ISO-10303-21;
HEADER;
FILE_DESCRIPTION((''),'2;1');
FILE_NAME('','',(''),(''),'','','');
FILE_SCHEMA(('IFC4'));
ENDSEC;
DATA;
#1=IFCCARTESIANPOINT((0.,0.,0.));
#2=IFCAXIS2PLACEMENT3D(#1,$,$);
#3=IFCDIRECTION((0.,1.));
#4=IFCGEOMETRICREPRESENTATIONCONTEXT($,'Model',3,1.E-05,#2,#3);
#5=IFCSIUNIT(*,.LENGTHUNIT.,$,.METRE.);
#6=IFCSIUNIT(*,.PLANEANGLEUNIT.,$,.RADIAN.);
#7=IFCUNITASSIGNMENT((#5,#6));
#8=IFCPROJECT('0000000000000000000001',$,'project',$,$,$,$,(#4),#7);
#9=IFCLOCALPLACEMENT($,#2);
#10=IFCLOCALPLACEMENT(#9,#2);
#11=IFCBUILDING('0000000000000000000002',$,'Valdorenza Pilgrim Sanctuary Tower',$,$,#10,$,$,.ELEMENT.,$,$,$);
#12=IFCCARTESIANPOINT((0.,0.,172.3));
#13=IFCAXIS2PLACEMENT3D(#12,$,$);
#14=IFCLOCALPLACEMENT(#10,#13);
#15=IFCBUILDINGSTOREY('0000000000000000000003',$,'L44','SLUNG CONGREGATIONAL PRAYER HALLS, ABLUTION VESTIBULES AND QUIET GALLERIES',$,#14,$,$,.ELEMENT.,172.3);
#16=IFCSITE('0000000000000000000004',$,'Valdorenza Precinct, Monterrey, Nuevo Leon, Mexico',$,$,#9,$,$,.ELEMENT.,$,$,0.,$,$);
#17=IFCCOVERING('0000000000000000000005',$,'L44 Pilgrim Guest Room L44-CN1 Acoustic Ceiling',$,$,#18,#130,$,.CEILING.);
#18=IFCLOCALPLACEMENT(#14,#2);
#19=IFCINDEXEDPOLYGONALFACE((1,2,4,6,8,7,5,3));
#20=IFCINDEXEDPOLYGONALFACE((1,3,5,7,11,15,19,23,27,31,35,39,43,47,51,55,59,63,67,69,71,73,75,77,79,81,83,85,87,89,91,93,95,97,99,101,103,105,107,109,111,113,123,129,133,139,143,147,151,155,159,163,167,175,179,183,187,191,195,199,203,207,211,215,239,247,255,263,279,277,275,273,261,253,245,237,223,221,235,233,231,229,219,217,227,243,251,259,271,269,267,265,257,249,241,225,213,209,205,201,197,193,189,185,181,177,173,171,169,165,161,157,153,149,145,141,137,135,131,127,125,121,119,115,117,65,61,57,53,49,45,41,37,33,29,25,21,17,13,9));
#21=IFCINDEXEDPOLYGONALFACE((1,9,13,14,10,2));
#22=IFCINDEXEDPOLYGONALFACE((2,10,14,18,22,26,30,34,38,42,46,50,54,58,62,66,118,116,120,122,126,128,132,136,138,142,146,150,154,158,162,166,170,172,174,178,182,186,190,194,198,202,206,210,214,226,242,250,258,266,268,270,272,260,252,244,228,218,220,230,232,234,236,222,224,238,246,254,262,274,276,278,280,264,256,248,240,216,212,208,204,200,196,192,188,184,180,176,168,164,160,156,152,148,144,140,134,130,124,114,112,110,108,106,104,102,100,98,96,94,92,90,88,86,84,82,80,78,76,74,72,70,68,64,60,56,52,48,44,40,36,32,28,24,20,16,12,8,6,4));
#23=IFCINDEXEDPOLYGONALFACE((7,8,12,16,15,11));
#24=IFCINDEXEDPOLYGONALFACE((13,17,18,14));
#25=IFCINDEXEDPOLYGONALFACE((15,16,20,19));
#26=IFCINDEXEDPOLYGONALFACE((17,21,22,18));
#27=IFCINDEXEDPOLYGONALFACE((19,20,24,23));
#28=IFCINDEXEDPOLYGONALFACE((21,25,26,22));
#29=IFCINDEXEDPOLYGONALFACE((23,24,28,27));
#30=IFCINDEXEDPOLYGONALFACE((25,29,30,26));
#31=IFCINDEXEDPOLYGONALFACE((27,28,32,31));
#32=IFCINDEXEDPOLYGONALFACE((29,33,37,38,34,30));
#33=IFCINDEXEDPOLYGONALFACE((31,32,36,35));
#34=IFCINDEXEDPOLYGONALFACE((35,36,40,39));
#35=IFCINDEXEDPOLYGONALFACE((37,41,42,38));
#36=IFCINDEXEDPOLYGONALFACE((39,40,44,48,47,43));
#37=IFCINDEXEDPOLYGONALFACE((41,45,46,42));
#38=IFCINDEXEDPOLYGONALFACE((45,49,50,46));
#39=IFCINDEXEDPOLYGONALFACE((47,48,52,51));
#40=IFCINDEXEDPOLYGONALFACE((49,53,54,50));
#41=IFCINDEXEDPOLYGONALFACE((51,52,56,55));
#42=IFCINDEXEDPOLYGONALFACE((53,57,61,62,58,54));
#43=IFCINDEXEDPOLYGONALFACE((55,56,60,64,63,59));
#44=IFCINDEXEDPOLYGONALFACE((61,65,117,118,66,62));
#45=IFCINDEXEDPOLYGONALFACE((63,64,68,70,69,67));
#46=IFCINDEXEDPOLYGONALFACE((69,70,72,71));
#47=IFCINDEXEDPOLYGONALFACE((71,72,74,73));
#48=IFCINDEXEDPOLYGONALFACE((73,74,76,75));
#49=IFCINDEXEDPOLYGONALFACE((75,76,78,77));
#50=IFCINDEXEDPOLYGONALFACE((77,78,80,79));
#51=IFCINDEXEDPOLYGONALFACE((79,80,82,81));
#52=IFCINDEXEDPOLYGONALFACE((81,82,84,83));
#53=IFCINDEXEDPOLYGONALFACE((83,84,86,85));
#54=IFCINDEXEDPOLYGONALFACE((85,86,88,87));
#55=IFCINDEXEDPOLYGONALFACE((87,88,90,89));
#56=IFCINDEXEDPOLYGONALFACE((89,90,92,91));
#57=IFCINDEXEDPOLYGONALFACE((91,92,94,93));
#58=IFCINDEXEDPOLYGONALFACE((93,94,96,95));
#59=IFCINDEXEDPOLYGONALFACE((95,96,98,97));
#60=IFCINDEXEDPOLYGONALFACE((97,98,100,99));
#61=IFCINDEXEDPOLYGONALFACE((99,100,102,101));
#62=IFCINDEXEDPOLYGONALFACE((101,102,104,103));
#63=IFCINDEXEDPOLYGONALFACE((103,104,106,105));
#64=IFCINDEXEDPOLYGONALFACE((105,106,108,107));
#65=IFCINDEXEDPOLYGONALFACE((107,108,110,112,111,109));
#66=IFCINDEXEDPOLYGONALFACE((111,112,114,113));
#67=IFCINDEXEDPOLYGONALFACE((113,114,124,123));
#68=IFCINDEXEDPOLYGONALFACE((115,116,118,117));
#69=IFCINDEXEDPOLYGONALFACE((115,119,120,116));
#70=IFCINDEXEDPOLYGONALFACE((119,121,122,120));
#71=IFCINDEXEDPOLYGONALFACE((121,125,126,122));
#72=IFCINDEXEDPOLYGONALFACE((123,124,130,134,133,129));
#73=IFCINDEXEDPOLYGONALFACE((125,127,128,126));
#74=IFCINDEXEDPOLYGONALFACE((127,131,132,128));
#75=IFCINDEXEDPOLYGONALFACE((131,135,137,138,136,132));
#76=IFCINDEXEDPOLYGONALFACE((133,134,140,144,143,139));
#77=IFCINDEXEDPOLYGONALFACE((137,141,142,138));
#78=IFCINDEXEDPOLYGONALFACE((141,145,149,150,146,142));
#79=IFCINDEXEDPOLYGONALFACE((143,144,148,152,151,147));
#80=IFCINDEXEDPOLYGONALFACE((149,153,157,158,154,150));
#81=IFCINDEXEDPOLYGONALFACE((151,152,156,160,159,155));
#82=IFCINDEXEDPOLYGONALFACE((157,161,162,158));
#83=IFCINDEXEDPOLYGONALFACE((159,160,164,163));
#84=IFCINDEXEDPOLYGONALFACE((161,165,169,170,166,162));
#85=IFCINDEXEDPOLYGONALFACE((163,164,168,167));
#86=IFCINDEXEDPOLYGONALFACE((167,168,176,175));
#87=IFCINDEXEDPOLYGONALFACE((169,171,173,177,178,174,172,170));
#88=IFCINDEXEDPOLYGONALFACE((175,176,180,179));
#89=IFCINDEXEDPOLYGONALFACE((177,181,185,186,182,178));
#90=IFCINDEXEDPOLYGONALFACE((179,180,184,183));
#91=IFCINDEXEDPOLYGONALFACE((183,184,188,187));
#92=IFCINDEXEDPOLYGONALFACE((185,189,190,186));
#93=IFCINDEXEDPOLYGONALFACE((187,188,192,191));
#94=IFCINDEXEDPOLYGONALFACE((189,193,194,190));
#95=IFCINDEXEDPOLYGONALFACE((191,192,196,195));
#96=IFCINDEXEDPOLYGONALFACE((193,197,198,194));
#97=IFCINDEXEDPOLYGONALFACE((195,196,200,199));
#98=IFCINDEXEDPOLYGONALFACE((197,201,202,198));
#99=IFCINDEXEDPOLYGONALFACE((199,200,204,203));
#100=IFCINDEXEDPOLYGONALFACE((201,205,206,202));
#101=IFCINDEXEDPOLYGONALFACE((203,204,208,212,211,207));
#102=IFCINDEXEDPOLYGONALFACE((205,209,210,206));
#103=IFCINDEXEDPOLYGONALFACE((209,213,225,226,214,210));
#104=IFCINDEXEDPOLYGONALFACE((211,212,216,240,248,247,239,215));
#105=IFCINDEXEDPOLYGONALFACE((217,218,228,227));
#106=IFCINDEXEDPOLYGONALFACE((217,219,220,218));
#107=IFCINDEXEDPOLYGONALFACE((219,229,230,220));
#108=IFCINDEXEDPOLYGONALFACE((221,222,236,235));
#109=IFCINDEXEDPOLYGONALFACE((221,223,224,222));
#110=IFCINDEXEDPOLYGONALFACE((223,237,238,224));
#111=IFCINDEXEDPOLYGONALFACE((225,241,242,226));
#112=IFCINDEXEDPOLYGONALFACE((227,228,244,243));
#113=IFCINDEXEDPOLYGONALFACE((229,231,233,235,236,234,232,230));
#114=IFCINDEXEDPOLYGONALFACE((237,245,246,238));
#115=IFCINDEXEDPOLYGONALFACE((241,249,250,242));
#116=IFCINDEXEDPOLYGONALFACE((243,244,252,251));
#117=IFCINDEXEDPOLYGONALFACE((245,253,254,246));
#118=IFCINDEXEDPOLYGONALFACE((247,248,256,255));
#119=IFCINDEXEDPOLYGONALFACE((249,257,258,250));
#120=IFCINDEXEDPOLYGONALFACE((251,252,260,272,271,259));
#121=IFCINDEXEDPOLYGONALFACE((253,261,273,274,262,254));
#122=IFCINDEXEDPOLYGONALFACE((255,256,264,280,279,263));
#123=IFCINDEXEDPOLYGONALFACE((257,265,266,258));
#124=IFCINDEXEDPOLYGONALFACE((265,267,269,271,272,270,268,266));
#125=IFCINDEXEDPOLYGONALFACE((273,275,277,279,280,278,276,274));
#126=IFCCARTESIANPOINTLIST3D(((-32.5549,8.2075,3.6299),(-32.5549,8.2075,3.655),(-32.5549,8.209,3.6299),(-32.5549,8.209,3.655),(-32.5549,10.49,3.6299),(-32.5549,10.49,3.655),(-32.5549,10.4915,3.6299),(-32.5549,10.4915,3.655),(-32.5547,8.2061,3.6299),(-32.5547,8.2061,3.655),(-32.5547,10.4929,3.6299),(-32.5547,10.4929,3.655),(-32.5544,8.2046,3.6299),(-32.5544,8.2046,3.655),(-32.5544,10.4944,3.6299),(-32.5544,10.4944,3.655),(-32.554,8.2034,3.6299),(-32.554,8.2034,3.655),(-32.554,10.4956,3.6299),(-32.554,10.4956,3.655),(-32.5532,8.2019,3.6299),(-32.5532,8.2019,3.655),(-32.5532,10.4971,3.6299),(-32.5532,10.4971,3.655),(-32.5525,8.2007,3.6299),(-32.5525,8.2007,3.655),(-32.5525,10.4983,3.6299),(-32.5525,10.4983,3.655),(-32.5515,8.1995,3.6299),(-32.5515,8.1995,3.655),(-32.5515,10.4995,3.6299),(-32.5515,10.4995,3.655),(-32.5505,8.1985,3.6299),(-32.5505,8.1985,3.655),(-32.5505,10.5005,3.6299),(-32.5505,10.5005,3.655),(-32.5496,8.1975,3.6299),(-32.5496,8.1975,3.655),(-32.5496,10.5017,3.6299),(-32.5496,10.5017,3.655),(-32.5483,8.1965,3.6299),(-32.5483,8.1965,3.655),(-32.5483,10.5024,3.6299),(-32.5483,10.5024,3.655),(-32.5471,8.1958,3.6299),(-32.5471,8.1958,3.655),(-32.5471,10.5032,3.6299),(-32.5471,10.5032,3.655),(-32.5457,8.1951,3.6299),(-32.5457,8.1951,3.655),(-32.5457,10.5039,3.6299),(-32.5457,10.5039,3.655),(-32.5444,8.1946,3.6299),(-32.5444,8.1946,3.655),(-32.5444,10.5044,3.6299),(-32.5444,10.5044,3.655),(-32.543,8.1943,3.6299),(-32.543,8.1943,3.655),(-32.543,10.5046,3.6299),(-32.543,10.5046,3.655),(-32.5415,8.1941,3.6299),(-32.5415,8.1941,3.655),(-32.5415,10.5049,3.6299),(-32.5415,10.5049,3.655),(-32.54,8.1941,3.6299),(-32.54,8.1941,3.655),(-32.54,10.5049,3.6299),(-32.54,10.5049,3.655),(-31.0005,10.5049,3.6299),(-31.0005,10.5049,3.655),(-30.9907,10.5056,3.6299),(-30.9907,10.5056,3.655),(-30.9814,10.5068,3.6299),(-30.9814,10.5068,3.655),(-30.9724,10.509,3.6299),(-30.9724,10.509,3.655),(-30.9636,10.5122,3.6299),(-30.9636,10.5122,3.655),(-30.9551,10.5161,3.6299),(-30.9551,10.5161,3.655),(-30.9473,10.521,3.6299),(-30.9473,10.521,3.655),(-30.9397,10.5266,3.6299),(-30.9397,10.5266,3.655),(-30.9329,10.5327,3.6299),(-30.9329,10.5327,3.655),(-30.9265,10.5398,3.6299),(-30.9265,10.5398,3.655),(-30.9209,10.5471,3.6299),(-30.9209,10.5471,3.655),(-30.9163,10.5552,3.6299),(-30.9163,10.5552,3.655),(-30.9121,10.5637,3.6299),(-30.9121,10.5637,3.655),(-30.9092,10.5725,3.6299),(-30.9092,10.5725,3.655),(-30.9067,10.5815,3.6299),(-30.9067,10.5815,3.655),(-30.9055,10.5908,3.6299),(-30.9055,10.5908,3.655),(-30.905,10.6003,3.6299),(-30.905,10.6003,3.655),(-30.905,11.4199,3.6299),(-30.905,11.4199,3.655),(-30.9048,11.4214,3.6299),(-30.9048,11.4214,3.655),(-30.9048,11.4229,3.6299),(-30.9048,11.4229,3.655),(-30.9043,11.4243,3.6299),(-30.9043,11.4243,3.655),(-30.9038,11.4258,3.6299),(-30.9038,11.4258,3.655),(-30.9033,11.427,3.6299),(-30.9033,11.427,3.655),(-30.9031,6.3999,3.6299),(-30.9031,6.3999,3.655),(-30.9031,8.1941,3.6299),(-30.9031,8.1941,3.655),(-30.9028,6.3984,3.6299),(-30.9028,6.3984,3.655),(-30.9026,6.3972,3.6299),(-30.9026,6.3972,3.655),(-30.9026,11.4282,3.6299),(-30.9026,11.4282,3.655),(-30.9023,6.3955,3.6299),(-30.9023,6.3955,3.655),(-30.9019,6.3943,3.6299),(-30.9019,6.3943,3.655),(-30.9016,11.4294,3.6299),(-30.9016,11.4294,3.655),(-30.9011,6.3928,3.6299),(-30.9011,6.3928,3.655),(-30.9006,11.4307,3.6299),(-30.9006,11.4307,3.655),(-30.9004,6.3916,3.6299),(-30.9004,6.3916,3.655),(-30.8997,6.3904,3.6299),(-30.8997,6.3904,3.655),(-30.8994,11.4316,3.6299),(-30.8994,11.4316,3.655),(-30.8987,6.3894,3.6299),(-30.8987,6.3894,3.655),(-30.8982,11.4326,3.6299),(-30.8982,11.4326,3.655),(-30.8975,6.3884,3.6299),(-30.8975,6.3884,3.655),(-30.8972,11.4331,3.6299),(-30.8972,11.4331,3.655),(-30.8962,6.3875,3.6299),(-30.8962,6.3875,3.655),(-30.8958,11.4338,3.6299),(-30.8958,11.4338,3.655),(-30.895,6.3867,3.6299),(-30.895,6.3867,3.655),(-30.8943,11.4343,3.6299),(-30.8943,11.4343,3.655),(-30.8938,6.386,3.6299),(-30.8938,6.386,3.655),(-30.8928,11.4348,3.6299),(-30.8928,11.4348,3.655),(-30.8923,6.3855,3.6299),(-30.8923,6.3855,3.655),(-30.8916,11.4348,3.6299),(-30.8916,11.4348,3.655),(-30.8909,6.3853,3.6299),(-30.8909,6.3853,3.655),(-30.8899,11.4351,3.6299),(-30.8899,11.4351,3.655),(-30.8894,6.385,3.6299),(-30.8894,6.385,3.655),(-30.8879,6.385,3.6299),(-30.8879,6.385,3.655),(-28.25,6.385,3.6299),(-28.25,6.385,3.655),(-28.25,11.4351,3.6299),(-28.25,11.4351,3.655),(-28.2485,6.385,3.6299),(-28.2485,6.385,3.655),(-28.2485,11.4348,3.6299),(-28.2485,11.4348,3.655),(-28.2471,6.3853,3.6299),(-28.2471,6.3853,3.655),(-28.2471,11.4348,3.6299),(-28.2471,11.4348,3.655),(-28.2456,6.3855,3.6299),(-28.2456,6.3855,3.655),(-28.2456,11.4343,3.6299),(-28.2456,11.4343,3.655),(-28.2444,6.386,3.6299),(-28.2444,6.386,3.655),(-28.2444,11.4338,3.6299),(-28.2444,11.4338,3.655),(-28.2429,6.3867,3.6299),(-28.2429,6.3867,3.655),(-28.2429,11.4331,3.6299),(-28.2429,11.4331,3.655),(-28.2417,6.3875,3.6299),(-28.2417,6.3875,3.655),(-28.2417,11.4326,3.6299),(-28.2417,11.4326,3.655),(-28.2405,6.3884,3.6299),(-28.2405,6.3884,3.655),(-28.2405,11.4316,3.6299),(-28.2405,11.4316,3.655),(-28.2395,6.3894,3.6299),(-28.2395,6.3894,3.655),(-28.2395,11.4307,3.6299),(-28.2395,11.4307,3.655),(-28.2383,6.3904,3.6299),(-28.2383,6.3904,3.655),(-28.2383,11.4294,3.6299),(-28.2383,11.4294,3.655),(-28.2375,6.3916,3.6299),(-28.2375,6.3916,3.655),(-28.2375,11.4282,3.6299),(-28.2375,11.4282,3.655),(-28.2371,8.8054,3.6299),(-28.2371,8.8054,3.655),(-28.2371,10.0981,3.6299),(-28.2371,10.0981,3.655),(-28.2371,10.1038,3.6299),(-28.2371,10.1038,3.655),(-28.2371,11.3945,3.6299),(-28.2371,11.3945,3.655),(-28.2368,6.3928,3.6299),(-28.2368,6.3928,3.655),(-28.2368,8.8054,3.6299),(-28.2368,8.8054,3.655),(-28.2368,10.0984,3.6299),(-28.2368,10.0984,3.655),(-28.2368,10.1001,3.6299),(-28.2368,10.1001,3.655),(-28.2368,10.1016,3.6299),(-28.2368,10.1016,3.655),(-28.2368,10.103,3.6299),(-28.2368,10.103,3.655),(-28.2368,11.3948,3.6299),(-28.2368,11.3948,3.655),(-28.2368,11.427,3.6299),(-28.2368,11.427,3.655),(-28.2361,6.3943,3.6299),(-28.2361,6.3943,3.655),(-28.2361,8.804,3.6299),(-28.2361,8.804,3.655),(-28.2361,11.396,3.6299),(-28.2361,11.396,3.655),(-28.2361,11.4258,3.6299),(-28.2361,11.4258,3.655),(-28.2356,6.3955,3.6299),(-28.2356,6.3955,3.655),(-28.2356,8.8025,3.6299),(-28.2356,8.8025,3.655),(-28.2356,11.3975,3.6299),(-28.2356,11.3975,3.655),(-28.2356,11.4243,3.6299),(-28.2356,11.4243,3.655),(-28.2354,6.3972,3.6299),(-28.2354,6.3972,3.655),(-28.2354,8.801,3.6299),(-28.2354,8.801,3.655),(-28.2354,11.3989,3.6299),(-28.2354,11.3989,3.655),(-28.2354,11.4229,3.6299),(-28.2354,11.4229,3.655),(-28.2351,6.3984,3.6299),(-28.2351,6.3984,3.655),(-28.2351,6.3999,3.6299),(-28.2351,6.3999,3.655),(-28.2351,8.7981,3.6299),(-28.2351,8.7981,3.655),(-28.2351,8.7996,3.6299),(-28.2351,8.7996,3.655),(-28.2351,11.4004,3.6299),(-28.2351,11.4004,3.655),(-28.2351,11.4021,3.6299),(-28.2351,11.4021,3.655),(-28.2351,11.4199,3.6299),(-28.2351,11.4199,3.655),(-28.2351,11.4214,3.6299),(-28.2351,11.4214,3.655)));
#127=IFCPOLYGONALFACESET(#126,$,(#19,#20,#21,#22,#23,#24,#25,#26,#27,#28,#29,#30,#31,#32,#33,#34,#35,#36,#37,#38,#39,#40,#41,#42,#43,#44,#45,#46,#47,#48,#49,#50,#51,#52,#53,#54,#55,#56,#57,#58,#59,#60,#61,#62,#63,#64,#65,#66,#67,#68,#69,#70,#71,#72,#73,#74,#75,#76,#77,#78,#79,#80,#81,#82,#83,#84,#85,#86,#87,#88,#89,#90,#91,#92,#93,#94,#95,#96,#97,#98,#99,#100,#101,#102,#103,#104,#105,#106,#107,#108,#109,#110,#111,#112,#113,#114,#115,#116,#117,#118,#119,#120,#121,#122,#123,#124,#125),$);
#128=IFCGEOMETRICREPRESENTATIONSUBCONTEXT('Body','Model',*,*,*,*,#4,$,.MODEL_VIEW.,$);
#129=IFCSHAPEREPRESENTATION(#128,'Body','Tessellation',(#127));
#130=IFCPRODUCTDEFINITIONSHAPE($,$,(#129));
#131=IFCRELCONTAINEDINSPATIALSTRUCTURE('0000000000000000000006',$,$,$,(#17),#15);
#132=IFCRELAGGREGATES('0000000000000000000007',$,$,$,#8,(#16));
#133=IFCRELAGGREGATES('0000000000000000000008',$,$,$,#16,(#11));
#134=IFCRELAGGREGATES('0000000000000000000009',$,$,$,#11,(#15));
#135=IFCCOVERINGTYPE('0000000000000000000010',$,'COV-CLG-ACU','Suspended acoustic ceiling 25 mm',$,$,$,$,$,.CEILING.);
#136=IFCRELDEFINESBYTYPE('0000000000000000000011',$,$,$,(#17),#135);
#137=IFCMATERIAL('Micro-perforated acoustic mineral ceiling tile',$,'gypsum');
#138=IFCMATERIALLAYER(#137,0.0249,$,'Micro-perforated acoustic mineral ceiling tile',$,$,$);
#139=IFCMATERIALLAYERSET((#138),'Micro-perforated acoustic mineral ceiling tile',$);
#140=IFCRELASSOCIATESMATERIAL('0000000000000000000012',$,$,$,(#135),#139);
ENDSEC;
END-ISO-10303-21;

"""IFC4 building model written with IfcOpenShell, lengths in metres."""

from ifc_helpers import new_model, si_unit, direction, frame, origin, place, context, subcontext, project, spatial, polyline, outline, extrude, material, layer, layer_set, type_object, element, save


model = new_model("IFC4")

# Units and contexts
model_context = context("Model", 3, precision=1e-05, world=origin(), true_north=direction((0.0, 1.0)))
body_context = subcontext(model_context, "Body", "Model", "MODEL_VIEW")
ifc_project = project(units=[si_unit("LENGTHUNIT", "METRE"), si_unit("PLANEANGLEUNIT", "RADIAN")], contexts=[model_context])

# Site, building, storey
site_placement = place(None, origin())
site = spatial("IfcSite", under=ifc_project, at=site_placement, Name="Valdorenza Precinct, Monterrey, Nuevo Leon, Mexico", CompositionType="ELEMENT", RefElevation=0.0)
building_placement = place(site_placement, origin())
building = spatial("IfcBuilding", under=site, at=building_placement, Name="Valdorenza Pilgrim Sanctuary Tower", CompositionType="ELEMENT")
storey_placement = place(building_placement, frame((0.0, 0.0, 172.3)))
storey = spatial("IfcBuildingStorey", under=building, at=storey_placement, Name="L44", Description="SLUNG CONGREGATIONAL PRAYER HALLS, ABLUTION VESTIBULES AND QUIET GALLERIES", CompositionType="ELEMENT", Elevation=172.3)

# Covering
ifc_material_1 = material(Name="Micro-perforated acoustic mineral ceiling tile", Category="gypsum")
ifc_layer_1 = layer(ifc_material_1, 0.0249, Name="Micro-perforated acoustic mineral ceiling tile")
ifc_layer_set_1 = layer_set([ifc_layer_1], Name="Micro-perforated acoustic mineral ceiling tile")
covering_type_1 = type_object("IfcCoveringType", Name="COV-CLG-ACU", Description="Suspended acoustic ceiling 25 mm", PredefinedType="CEILING", material=ifc_layer_set_1)
covering_1_placement = place(storey_placement, frame((0.0, 0.0, 3.6299)))
element("IfcCovering", 1, at=covering_1_placement, inside=storey, type_object=covering_type_1, Name="L44 Pilgrim Guest Room L44-CN1 Acoustic Ceiling", PredefinedType="CEILING", context=body_context, shape_type="SweptSolid", body=[
    extrude(outline(polyline([(-30.9031, 8.1941), (-32.54, 8.1941), (-32.5415, 8.1941), (-32.543, 8.1943), (-32.5444, 8.1946), (-32.5457, 8.1951), (-32.5471, 8.1958), (-32.5483, 8.1965), (-32.5496, 8.1975), (-32.5505, 8.1985), (-32.5515, 8.1995), (-32.5525, 8.2007), (-32.5532, 8.2019), (-32.554, 8.2034), (-32.5544, 8.2046), (-32.5547, 8.2061), (-32.5549, 8.2075), (-32.5549, 8.209), (-32.5549, 10.49), (-32.5549, 10.4915), (-32.5547, 10.4929), (-32.5544, 10.4944), (-32.554, 10.4956), (-32.5532, 10.4971), (-32.5525, 10.4983), (-32.5515, 10.4995), (-32.5505, 10.5005), (-32.5496, 10.5017), (-32.5483, 10.5024), (-32.5471, 10.5032), (-32.5457, 10.5039), (-32.5444, 10.5044), (-32.543, 10.5046), (-32.5415, 10.5049), (-32.54, 10.5049), (-31.0005, 10.5049), (-30.9907, 10.5056), (-30.9814, 10.5068), (-30.9724, 10.509), (-30.9636, 10.5122), (-30.9551, 10.5161), (-30.9473, 10.521), (-30.9397, 10.5266), (-30.9329, 10.5327), (-30.9265, 10.5398), (-30.9209, 10.5471), (-30.9163, 10.5552), (-30.9121, 10.5637), (-30.9092, 10.5725), (-30.9067, 10.5815), (-30.9055, 10.5908), (-30.905, 10.6003), (-30.905, 11.4199), (-30.9048, 11.4214), (-30.9048, 11.4229), (-30.9043, 11.4243), (-30.9038, 11.4258), (-30.9033, 11.427), (-30.9026, 11.4282), (-30.9016, 11.4294), (-30.9006, 11.4307), (-30.8994, 11.4316), (-30.8982, 11.4326), (-30.8972, 11.4331), (-30.8958, 11.4338), (-30.8943, 11.4343), (-30.8928, 11.4348), (-30.8916, 11.4348), (-30.8899, 11.4351), (-28.25, 11.4351), (-28.2485, 11.4348), (-28.2471, 11.4348), (-28.2456, 11.4343), (-28.2444, 11.4338), (-28.2429, 11.4331), (-28.2417, 11.4326), (-28.2405, 11.4316), (-28.2395, 11.4307), (-28.2383, 11.4294), (-28.2375, 11.4282), (-28.2368, 11.427), (-28.2361, 11.4258), (-28.2356, 11.4243), (-28.2354, 11.4229), (-28.2351, 11.4214), (-28.2351, 11.4199), (-28.2351, 11.4021), (-28.2351, 11.4004), (-28.2354, 11.3989), (-28.2356, 11.3975), (-28.2361, 11.396), (-28.2368, 11.3948), (-28.2371, 11.3945), (-28.2371, 10.1038), (-28.2368, 10.103), (-28.2368, 10.1016), (-28.2368, 10.1001), (-28.2368, 10.0984), (-28.2371, 10.0981), (-28.2371, 8.8054), (-28.2368, 8.8054), (-28.2361, 8.804), (-28.2356, 8.8025), (-28.2354, 8.801), (-28.2351, 8.7996), (-28.2351, 8.7981), (-28.2351, 6.3999), (-28.2351, 6.3984), (-28.2354, 6.3972), (-28.2356, 6.3955), (-28.2361, 6.3943), (-28.2368, 6.3928), (-28.2375, 6.3916), (-28.2383, 6.3904), (-28.2395, 6.3894), (-28.2405, 6.3884), (-28.2417, 6.3875), (-28.2429, 6.3867), (-28.2444, 6.386), (-28.2456, 6.3855), (-28.2471, 6.3853), (-28.2485, 6.385), (-28.25, 6.385), (-30.8879, 6.385), (-30.8894, 6.385), (-30.8909, 6.3853), (-30.8923, 6.3855), (-30.8938, 6.386), (-30.895, 6.3867), (-30.8962, 6.3875), (-30.8975, 6.3884), (-30.8987, 6.3894), (-30.8997, 6.3904), (-30.9004, 6.3916), (-30.9011, 6.3928), (-30.9019, 6.3943), (-30.9023, 6.3955), (-30.9026, 6.3972), (-30.9028, 6.3984), (-30.9031, 6.3999), (-30.9031, 8.1941)])), origin(), (0.0, 0.0, 1.0), 0.0251),
])

save(model, "model.ifc")
